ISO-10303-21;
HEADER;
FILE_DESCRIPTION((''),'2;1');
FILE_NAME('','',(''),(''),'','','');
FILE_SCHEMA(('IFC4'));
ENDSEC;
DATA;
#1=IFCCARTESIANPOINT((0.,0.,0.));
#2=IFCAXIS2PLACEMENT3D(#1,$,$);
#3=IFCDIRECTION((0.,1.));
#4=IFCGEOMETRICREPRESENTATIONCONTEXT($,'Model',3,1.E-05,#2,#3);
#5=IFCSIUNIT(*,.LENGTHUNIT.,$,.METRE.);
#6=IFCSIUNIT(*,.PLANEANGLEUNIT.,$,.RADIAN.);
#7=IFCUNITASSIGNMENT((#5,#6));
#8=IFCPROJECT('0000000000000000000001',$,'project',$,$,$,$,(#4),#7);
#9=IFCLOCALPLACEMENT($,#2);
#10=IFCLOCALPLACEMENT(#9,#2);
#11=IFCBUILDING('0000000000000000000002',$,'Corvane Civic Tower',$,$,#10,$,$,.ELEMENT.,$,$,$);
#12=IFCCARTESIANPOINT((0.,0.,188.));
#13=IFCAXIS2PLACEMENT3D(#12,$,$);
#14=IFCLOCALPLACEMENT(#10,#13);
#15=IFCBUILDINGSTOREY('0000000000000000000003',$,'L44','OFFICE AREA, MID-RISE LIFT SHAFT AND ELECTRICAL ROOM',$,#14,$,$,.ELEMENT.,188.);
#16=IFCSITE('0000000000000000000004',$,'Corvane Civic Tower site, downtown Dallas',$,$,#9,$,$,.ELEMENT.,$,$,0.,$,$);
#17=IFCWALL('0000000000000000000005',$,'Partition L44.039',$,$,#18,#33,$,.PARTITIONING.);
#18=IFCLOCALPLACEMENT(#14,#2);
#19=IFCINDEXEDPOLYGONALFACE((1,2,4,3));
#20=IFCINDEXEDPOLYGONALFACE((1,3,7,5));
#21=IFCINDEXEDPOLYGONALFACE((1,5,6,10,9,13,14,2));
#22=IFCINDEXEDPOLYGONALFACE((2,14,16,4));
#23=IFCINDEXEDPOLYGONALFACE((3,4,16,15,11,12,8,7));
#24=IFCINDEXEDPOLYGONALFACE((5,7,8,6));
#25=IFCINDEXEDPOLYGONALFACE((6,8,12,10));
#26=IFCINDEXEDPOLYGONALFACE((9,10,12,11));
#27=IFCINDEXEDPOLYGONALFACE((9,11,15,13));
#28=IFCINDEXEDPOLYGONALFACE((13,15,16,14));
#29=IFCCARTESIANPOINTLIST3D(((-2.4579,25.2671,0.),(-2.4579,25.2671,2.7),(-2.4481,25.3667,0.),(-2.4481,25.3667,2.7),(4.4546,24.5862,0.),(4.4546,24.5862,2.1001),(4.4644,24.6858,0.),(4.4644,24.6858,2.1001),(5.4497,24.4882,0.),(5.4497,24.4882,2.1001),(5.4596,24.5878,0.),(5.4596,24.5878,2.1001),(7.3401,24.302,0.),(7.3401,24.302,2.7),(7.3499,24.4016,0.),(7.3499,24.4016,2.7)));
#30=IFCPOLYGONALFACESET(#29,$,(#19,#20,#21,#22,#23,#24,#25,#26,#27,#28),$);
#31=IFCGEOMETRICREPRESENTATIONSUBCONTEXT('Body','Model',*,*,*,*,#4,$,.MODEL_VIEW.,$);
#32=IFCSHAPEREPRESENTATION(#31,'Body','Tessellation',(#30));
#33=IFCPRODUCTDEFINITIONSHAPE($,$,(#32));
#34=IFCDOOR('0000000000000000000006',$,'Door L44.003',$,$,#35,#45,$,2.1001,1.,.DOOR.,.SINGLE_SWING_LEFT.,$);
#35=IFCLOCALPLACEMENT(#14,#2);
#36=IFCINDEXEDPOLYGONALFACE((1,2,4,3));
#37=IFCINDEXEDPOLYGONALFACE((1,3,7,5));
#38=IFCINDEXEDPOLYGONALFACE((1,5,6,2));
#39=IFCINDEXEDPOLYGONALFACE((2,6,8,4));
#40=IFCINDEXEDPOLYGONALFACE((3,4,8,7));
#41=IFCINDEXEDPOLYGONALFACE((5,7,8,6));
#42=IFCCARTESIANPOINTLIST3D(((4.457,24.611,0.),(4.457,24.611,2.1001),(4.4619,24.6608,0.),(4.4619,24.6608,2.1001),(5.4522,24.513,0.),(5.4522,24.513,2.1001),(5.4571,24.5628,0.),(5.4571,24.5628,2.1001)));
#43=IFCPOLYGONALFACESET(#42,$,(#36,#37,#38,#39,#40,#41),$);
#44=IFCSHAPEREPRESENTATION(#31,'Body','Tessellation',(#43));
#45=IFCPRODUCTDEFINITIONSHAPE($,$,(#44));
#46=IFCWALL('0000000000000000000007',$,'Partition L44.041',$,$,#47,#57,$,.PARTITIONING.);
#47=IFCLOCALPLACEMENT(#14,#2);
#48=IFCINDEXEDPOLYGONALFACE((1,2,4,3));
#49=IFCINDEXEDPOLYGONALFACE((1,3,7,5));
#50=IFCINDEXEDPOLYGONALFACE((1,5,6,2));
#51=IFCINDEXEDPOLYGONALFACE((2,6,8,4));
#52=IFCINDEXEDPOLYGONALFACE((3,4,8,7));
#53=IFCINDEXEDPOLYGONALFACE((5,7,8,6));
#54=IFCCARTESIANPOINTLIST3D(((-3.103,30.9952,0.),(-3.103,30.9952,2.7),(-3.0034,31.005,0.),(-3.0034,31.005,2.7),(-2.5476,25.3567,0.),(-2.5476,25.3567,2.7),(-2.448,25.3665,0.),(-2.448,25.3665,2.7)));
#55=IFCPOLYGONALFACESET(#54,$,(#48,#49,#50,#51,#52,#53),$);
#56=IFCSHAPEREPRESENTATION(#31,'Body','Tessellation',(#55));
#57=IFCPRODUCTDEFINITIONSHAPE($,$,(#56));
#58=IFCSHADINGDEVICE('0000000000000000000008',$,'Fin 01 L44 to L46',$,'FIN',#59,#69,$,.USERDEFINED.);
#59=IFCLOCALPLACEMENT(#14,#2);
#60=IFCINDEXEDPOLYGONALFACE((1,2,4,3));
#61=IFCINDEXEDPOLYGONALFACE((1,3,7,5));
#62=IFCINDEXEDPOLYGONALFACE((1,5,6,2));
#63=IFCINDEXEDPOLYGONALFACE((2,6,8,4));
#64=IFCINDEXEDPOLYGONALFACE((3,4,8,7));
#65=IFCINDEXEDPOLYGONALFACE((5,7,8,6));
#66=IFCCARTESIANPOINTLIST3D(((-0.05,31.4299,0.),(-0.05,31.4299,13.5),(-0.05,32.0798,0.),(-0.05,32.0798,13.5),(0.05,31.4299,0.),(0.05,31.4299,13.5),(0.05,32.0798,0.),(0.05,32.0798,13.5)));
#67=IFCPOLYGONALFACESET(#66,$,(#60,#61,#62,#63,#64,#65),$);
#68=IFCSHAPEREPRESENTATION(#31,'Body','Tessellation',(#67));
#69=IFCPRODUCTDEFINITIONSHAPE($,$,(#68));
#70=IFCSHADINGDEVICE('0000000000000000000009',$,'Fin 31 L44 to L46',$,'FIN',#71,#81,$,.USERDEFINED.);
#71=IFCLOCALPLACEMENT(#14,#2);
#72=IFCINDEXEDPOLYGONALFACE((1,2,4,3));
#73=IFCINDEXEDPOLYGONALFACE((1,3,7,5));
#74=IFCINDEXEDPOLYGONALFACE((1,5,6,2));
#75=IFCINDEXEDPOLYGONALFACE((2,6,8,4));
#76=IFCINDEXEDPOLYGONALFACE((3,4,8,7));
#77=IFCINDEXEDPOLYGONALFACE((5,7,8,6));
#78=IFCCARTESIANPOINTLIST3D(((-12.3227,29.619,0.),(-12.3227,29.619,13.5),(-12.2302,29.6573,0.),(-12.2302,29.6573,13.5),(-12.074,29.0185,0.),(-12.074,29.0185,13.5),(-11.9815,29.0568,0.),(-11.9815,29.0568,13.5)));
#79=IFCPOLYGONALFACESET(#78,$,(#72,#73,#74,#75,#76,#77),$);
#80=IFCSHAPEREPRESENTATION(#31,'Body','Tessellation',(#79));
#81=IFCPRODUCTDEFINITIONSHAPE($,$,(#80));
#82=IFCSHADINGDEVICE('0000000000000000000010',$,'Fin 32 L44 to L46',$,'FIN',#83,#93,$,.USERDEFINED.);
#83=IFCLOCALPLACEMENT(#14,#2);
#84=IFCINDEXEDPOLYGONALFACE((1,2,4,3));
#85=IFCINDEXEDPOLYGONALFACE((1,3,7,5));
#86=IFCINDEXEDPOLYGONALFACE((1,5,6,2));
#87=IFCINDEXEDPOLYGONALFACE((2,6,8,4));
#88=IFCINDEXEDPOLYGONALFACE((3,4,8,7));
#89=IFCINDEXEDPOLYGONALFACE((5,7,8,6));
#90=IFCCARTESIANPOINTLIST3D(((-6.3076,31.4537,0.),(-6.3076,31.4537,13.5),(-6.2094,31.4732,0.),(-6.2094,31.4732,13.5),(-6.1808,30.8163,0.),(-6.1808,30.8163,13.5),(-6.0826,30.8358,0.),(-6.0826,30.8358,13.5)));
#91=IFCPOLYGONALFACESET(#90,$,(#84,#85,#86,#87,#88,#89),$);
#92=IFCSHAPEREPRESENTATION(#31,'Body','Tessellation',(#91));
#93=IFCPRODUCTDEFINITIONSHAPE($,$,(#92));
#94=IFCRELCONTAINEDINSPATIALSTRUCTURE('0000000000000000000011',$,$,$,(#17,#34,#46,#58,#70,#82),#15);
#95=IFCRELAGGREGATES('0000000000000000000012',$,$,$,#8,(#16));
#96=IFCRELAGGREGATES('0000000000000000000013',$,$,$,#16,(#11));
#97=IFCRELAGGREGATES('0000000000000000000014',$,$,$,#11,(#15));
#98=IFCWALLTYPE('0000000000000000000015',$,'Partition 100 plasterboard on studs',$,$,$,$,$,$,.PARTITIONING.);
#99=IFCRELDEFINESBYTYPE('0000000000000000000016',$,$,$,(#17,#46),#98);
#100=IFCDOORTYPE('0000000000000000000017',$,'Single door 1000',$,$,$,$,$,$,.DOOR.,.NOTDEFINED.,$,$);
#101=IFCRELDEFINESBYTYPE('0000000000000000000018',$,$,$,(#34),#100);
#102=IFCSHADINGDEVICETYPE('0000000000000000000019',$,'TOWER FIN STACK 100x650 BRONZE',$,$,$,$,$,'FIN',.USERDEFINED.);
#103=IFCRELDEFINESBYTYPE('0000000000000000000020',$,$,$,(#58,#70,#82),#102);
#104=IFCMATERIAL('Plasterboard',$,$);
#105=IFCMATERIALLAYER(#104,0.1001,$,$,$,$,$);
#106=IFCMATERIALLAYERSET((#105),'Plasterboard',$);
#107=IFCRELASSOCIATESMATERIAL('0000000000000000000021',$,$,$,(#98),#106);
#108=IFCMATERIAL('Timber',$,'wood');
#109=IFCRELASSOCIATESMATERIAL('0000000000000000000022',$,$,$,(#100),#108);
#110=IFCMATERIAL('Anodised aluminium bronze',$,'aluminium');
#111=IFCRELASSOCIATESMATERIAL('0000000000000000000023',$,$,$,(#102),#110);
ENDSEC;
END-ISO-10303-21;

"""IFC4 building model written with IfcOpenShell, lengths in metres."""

from ifc_helpers import new_model, si_unit, direction, frame, frame_2d, origin, origin_2d, place, context, subcontext, project, spatial, rectangle, extrude, material, layer, layer_set, material_profile, profile_set, type_object, element, fill, save


model = new_model("IFC4")

# Units and contexts
model_context = context("Model", 3, precision=1e-05, world=origin(), true_north=direction((0.0, 1.0)))
body_context = subcontext(model_context, "Body", "Model", "MODEL_VIEW")
ifc_project = project(units=[si_unit("LENGTHUNIT", "METRE"), si_unit("PLANEANGLEUNIT", "RADIAN")], contexts=[model_context])

# Site, building, storey
site_placement = place(None, origin())
site = spatial("IfcSite", under=ifc_project, at=site_placement, Name="Corvane Civic Tower site, downtown Dallas", CompositionType="ELEMENT", RefElevation=0.0)
building_placement = place(site_placement, origin())
building = spatial("IfcBuilding", under=site, at=building_placement, Name="Corvane Civic Tower", CompositionType="ELEMENT")
storey_placement = place(building_placement, frame((0.0, 0.0, 188.0)))
storey = spatial("IfcBuildingStorey", under=building, at=storey_placement, Name="L44", Description="OFFICE AREA, MID-RISE LIFT SHAFT AND ELECTRICAL ROOM", CompositionType="ELEMENT", Elevation=188.0)

# Wall, opening, door
ifc_material_1 = material(Name="Plasterboard")
ifc_layer_1 = layer(ifc_material_1, 0.1001)
ifc_layer_set_1 = layer_set([ifc_layer_1], Name="Plasterboard")
wall_type = type_object("IfcWallType", Name="Partition 100 plasterboard on studs", PredefinedType="PARTITIONING", material=ifc_layer_set_1)
ifc_material_2 = material(Name="Timber", Category="wood")
door_type = type_object("IfcDoorType", Name="Single door 1000", OperationType="NOTDEFINED", PredefinedType="DOOR", material=ifc_material_2)
wall_1_placement = place(storey_placement, frame((-2.4531, 25.3169, 0.0), z_axis=(0.0, 0.0, 1.0), x_axis=(0.995184, -0.098023, 0.0)))
wall_1 = element("IfcWall", 1, at=wall_1_placement, inside=storey, type_object=wall_type, Name="Partition L44.039", PredefinedType="PARTITIONING", context=body_context, shape_type="SweptSolid", body=[
    extrude(rectangle(XDim=9.8455, YDim=0.1001, at=frame_2d((4.9229, 0.0))), origin(), (0.0, 0.0, 1.0), 2.7),
])
opening_1_placement = place(wall_1_placement, frame((6.946, 0.0, 0.0)))
opening_1 = element("IfcOpeningElement", 2, at=opening_1_placement, cuts=wall_1, PredefinedType="OPENING", context=body_context, shape_type="SweptSolid", body=[
    extrude(rectangle(XDim=1.0, YDim=2.1001, at=frame_2d((0.5, 1.05))), frame((0.0, 0.0601, 0.0), z_axis=(0.0, -1.0, 0.0), x_axis=(1.0, 0.0, 0.0)), (0.0, 0.0, 1.0), 0.1201),
])
door_1_placement = place(opening_1_placement, origin())
door_1 = element("IfcDoor", 3, at=door_1_placement, inside=storey, type_object=door_type, Name="Door L44.003", OperationType="SINGLE_SWING_LEFT", OverallHeight=2.1001, OverallWidth=1.0, PredefinedType="DOOR", context=body_context, shape_type="SweptSolid", body=[
    extrude(rectangle(XDim=1.0, YDim=2.1001, at=frame_2d((0.5, 1.05))), frame((0.0, 0.0249, 0.0), z_axis=(0.0, -1.0, 0.0), x_axis=(1.0, 0.0, 0.0)), (0.0, 0.0, 1.0), 0.05),
])
fill(opening_1, door_1)

# Wall
wall_2_placement = place(storey_placement, frame((-3.0532, 31.0002, 0.0), z_axis=(0.0, 0.0, 1.0), x_axis=(0.098032, -0.995183, 0.0)))
element("IfcWall", 4, at=wall_2_placement, inside=storey, type_object=wall_type, Name="Partition L44.041", PredefinedType="PARTITIONING", context=body_context, shape_type="SweptSolid", body=[
    extrude(rectangle(XDim=5.6658, YDim=0.1001, at=frame_2d((2.833, 0.0))), origin(), (0.0, 0.0, 1.0), 2.7),
])

# Shading devices
ifc_material_3 = material(Name="Anodised aluminium bronze", Category="aluminium")
ifc_material_profile_1 = material_profile(ifc_material_3, rectangle(XDim=0.1001, YDim=0.6499, at=origin_2d()), Name="TOWER FIN STACK 100x650 BRONZE")
ifc_profile_set_1 = profile_set([ifc_material_profile_1], Name="Anodised aluminium bronze")
shading_device_type = type_object("IfcShadingDeviceType", Name="TOWER FIN STACK 100x650 BRONZE", ElementType="FIN", PredefinedType="USERDEFINED", material=ifc_profile_set_1)
for number, where, z_axis, x_axis, name in (
    (5, (0.0, 31.7549, 0.0), (0.0, 0.0, 1.0), (1.0, 0.0, 0.0), "Fin 01 L44 to L46"),
    (6, (-12.1521, 29.3379, 0.0), (0.0, 0.0, 1.0), (0.92388, 0.382683, 0.0), "Fin 31 L44 to L46"),
    (7, (-6.1951, 31.1448, 0.0), (0.0, 0.0, 1.0), (0.980785, 0.19509, 0.0), "Fin 32 L44 to L46"),
):
    element("IfcShadingDevice", number, at=place(storey_placement, frame(where, z_axis=z_axis, x_axis=x_axis)), inside=storey, type_object=shading_device_type, Name=name, ObjectType="FIN", PredefinedType="USERDEFINED", context=body_context, shape_type="SweptSolid", body=[
        extrude(rectangle(XDim=0.1001, YDim=0.6499, at=origin_2d()), origin(), (0.0, 0.0, 1.0), 13.5),
    ])

save(model, "model.ifc")
